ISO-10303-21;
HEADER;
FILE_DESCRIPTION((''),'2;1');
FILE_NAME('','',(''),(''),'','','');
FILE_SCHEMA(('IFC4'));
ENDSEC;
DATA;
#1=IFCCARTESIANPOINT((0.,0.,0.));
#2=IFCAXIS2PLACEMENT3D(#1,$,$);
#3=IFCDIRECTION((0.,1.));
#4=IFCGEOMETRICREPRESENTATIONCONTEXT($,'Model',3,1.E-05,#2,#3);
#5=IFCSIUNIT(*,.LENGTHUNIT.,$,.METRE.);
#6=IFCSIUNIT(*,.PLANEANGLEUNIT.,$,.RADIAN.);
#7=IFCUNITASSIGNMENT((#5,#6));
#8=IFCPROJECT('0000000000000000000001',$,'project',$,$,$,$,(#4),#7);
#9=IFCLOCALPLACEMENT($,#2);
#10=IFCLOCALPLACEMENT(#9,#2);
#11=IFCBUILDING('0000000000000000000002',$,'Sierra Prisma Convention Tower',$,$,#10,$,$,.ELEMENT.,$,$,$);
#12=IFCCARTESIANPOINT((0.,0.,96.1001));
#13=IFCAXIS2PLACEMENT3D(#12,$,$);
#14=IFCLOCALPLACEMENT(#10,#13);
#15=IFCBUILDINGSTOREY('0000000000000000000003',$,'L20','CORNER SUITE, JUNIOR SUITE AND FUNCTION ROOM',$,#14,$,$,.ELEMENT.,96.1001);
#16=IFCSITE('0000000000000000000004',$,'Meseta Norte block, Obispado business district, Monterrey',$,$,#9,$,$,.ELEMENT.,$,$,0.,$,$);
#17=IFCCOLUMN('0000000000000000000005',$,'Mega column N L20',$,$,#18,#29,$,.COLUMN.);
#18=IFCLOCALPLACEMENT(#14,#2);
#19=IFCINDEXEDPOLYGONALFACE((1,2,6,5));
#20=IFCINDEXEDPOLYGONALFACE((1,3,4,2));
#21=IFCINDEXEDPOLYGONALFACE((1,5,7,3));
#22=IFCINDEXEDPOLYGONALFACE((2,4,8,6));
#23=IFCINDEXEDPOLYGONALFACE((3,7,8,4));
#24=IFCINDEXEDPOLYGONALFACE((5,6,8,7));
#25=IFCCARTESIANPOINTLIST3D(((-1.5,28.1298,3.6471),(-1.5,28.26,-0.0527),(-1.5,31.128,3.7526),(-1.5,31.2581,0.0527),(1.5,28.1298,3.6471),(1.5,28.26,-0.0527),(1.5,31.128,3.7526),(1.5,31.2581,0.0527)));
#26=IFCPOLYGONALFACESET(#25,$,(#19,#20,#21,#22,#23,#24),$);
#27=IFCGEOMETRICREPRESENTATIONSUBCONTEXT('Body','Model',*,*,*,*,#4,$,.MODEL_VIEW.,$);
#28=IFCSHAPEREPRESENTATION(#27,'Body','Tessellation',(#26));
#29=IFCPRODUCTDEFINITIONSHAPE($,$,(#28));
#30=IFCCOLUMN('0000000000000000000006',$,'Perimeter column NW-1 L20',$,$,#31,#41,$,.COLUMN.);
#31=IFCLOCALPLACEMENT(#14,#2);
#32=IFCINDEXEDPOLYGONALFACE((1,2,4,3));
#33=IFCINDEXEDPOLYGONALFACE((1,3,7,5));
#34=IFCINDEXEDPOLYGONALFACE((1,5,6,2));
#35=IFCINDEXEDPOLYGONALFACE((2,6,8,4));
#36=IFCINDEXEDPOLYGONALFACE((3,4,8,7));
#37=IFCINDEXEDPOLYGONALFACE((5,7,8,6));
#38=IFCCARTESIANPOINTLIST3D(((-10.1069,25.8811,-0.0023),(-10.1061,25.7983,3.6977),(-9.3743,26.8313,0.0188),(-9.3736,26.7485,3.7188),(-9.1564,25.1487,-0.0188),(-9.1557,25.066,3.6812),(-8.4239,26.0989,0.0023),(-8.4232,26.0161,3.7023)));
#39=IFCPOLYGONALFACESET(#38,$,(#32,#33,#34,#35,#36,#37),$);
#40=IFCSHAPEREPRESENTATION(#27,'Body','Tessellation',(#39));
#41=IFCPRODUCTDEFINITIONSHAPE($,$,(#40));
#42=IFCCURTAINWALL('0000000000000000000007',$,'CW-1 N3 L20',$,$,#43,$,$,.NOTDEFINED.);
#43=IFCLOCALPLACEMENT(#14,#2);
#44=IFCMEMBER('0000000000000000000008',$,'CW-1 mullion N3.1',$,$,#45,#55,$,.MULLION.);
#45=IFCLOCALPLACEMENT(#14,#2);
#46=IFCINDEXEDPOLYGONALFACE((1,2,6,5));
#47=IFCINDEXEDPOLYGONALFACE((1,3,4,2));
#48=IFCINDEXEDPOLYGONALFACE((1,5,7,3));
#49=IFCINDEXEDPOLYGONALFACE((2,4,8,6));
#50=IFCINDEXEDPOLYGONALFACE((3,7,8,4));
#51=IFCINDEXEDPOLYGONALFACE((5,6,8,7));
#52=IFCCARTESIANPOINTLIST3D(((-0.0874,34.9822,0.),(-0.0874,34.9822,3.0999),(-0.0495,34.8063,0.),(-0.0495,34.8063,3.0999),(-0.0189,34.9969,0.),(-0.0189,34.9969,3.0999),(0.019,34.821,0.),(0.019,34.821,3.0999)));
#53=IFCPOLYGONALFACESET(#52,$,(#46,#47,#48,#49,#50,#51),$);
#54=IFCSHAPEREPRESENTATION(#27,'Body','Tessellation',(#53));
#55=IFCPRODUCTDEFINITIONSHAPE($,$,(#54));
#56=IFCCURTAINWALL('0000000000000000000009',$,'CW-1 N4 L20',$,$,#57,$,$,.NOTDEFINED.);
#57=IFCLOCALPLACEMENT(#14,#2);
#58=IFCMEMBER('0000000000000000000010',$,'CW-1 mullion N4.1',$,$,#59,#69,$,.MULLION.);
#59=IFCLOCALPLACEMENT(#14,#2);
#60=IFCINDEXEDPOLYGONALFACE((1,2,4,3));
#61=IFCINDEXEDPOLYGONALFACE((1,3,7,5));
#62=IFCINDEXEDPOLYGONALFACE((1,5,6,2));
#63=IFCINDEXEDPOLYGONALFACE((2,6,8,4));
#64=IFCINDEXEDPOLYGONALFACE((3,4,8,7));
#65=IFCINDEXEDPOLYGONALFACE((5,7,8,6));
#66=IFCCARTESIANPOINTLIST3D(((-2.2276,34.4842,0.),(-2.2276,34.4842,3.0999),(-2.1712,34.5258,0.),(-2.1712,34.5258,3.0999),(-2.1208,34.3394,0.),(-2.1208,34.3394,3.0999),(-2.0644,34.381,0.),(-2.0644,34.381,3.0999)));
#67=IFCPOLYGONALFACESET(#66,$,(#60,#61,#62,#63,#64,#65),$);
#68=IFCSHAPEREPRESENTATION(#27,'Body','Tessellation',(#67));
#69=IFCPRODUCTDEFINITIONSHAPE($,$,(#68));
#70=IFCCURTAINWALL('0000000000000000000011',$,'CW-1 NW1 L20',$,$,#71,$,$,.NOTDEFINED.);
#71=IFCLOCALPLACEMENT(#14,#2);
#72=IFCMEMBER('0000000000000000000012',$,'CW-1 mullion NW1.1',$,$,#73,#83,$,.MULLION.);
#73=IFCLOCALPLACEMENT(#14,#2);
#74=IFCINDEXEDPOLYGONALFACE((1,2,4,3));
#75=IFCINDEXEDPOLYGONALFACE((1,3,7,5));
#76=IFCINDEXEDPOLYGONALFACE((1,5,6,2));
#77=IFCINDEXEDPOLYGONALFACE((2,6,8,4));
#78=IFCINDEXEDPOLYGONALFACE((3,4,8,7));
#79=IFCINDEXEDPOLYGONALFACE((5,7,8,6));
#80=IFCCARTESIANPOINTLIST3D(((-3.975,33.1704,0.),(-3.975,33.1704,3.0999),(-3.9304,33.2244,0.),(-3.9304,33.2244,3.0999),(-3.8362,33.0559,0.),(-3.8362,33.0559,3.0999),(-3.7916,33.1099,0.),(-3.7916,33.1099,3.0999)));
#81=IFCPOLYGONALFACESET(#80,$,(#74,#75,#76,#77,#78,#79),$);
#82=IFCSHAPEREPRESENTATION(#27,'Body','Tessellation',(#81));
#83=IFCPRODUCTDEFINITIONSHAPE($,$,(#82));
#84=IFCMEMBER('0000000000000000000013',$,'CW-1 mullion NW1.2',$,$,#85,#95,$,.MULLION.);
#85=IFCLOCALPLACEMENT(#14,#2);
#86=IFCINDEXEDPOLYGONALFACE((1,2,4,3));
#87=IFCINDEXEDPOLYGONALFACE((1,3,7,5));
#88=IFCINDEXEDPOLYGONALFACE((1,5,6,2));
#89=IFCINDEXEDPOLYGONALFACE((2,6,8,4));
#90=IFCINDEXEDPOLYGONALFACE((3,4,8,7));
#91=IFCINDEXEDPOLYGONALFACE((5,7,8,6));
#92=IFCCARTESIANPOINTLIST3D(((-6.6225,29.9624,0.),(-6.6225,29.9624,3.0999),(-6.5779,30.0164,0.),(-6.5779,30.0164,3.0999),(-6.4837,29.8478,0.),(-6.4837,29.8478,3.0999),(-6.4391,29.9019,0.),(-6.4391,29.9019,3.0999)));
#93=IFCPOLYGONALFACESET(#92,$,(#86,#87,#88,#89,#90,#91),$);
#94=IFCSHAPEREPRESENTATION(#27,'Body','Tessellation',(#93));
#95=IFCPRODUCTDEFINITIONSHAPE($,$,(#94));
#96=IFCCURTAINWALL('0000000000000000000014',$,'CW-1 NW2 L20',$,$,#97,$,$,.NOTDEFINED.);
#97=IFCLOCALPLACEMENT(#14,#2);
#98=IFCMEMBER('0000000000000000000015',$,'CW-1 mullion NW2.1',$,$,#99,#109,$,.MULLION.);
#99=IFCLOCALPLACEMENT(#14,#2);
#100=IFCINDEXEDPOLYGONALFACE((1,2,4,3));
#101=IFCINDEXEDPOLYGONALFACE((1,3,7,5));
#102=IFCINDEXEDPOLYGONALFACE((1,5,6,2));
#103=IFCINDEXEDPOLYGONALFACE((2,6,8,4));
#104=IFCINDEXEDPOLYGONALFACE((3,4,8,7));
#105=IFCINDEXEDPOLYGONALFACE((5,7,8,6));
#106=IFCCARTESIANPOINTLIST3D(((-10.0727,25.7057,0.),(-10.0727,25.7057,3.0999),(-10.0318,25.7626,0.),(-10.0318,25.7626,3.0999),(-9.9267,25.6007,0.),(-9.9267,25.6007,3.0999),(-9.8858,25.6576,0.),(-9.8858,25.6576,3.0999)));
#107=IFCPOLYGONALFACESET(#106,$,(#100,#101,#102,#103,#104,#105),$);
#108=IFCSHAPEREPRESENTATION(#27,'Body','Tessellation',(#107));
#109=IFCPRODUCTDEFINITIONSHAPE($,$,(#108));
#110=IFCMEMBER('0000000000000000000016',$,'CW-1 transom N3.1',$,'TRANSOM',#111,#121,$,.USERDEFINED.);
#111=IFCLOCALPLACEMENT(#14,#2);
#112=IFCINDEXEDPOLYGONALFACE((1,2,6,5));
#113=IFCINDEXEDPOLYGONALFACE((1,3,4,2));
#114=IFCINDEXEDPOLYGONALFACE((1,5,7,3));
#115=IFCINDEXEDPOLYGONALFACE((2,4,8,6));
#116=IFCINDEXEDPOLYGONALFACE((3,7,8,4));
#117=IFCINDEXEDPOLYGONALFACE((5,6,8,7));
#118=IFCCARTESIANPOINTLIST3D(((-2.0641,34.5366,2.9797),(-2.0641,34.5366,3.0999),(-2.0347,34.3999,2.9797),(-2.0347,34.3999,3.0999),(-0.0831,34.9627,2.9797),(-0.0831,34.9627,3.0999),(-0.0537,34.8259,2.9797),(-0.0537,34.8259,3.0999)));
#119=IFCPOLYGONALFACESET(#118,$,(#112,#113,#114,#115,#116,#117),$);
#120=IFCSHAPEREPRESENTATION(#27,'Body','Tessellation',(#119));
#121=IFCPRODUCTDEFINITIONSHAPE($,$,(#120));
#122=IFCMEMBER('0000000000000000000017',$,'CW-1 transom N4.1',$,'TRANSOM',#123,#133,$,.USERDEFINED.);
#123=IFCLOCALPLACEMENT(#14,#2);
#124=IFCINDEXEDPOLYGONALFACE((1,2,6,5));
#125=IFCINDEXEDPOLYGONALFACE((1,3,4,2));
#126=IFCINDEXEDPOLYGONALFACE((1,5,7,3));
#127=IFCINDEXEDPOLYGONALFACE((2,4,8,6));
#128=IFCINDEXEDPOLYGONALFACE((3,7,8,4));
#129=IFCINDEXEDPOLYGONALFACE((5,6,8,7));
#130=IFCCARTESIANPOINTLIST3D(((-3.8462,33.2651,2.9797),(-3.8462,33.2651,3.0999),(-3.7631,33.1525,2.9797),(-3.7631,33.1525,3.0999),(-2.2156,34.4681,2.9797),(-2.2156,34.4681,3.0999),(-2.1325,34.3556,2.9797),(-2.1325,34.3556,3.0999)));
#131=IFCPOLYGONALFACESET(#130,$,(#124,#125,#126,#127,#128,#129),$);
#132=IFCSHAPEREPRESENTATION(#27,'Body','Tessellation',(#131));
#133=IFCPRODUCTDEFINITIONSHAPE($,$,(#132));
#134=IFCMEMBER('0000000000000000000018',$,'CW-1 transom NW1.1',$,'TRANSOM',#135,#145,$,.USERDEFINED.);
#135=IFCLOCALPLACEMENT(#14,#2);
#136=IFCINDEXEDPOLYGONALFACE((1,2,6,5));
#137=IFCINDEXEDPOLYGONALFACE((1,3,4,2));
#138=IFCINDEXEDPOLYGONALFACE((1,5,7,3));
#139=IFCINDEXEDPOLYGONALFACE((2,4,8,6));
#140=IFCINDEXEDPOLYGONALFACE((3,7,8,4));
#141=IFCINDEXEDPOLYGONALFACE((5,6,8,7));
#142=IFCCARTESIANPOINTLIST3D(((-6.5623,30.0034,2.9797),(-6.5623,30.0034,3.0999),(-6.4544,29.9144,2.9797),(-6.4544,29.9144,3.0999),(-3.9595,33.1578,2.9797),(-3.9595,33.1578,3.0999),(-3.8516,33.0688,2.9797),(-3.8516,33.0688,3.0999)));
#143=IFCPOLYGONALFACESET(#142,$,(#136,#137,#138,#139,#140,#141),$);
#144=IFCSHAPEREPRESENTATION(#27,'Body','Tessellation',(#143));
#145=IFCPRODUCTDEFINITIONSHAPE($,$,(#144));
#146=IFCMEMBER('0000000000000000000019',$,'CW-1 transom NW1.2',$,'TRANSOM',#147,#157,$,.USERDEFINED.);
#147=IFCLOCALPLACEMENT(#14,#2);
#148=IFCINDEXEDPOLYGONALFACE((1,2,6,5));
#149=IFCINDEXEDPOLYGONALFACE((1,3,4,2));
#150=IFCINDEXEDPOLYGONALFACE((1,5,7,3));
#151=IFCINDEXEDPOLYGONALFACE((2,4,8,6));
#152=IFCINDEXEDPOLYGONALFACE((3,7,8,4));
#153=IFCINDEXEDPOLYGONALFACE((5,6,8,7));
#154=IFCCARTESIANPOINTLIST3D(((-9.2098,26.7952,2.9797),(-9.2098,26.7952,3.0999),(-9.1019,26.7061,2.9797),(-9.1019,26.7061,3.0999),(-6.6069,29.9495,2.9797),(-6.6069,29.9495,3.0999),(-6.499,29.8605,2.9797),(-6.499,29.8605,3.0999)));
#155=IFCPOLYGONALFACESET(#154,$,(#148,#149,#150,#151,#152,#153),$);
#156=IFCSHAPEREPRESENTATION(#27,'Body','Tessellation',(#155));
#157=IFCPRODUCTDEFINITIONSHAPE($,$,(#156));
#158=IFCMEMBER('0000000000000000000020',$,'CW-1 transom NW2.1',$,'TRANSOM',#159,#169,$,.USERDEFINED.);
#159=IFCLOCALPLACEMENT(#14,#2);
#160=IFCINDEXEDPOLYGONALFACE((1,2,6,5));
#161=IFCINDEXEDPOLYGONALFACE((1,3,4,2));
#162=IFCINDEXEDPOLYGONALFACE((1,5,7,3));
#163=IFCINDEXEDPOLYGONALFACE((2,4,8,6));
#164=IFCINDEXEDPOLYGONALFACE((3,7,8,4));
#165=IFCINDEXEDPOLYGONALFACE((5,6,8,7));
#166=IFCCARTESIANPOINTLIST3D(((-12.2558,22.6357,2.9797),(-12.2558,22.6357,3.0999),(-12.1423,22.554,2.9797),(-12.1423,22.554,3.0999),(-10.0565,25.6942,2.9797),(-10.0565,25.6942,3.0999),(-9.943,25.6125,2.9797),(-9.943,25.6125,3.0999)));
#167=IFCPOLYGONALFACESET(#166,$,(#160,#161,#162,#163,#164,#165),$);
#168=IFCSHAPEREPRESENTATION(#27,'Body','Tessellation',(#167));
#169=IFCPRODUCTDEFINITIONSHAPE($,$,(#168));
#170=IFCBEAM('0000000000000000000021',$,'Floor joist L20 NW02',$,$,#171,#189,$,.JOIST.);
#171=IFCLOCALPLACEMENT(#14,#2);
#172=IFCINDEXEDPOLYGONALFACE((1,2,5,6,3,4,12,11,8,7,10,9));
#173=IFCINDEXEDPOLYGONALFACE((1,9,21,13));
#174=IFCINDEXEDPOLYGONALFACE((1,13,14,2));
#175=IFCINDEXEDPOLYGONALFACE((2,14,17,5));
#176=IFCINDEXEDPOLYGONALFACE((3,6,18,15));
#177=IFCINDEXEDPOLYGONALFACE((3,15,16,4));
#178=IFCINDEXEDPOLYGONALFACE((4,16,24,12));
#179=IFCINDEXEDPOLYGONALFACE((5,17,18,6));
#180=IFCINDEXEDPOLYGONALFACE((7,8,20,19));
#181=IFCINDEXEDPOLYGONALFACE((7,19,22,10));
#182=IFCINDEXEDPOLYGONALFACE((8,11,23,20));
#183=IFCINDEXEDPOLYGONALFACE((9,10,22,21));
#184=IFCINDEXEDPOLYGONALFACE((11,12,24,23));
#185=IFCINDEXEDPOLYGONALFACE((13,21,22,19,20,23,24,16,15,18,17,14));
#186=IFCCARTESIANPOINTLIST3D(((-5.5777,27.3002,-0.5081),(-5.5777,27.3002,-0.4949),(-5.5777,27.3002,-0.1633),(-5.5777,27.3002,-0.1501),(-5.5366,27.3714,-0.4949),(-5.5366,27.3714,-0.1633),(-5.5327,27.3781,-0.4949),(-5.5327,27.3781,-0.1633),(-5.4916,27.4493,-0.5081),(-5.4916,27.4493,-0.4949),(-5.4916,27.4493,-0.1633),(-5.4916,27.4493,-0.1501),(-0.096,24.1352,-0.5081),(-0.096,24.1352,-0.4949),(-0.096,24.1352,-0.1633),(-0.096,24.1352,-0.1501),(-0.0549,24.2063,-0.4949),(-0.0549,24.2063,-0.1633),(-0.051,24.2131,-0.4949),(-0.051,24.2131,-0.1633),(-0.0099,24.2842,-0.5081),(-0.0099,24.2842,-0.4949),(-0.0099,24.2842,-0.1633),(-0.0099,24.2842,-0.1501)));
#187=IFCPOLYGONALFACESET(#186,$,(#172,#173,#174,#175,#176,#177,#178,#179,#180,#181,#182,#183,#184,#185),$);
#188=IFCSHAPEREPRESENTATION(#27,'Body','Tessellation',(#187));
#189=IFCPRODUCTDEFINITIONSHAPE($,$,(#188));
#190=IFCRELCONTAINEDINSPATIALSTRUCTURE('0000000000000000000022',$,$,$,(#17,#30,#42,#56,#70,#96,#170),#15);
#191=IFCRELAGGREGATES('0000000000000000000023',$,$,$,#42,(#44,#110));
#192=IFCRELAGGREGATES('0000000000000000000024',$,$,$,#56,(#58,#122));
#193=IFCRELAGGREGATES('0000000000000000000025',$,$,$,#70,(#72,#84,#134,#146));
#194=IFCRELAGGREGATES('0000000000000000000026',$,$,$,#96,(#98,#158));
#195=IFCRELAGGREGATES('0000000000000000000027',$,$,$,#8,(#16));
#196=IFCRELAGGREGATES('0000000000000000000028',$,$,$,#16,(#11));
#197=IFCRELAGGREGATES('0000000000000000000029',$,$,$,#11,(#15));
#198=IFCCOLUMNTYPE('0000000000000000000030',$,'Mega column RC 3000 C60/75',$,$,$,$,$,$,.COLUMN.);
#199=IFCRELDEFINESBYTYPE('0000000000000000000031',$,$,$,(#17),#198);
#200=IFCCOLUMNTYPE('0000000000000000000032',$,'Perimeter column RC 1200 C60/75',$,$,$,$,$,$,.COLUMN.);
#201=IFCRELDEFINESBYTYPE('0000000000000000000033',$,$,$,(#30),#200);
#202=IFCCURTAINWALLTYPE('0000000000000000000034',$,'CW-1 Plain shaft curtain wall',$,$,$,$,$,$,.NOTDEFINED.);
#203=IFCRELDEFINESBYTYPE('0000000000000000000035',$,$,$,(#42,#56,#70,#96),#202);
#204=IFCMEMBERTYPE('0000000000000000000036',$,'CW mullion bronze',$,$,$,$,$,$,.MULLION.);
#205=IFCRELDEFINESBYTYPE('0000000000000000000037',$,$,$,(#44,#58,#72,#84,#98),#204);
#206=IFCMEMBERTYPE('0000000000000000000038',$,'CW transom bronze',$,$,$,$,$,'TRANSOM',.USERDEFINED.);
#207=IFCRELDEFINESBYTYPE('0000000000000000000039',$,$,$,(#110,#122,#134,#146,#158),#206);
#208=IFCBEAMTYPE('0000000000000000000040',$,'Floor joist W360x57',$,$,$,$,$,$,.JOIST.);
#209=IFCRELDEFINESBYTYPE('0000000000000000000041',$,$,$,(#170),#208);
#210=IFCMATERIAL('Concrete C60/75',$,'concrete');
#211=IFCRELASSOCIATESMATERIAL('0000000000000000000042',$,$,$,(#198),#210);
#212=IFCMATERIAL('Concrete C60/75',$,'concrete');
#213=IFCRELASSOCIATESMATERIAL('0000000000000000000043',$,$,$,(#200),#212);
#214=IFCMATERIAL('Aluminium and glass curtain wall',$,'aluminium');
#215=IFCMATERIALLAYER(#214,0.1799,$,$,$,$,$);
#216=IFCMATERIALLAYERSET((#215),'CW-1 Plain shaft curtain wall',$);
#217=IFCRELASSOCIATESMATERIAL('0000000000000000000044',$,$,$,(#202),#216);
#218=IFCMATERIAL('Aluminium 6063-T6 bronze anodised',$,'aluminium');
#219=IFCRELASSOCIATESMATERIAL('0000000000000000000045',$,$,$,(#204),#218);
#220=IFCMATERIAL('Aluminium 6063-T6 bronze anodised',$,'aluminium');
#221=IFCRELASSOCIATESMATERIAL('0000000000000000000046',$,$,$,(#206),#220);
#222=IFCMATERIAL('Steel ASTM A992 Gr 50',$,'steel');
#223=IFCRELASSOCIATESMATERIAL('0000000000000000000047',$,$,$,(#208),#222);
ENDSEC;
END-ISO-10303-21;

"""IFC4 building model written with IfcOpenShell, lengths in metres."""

from ifc_helpers import new_model, si_unit, direction, frame, origin, origin_2d, place, context, subcontext, project, spatial, rectangle, i_section, extrude, material, layer, layer_set, material_profile, profile_set, type_object, element, aggregate, save


model = new_model("IFC4")

# Units and contexts
model_context = context("Model", 3, precision=1e-05, world=origin(), true_north=direction((0.0, 1.0)))
body_context = subcontext(model_context, "Body", "Model", "MODEL_VIEW")
ifc_project = project(units=[si_unit("LENGTHUNIT", "METRE"), si_unit("PLANEANGLEUNIT", "RADIAN")], contexts=[model_context])

# Site, building, storey
site_placement = place(None, origin())
site = spatial("IfcSite", under=ifc_project, at=site_placement, Name="Meseta Norte block, Obispado business district, Monterrey", CompositionType="ELEMENT", RefElevation=0.0)
building_placement = place(site_placement, origin())
building = spatial("IfcBuilding", under=site, at=building_placement, Name="Sierra Prisma Convention Tower", CompositionType="ELEMENT")
storey_placement = place(building_placement, frame((0.0, 0.0, 96.1001)))
storey = spatial("IfcBuildingStorey", under=building, at=storey_placement, Name="L20", Description="CORNER SUITE, JUNIOR SUITE AND FUNCTION ROOM", CompositionType="ELEMENT", Elevation=96.1001)

# Columns
ifc_material_1 = material(Name="Concrete C60/75", Category="concrete")
ifc_material_profile_1 = material_profile(ifc_material_1, rectangle(XDim=3.0, YDim=3.0, at=origin_2d()), Name="Mega column RC 3000 C60/75")
ifc_profile_set_1 = profile_set([ifc_material_profile_1], Name="Concrete C60/75")
column_type_1 = type_object("IfcColumnType", Name="Mega column RC 3000 C60/75", PredefinedType="COLUMN", material=ifc_profile_set_1)
column_1_placement = place(storey_placement, frame((0.0, 29.759, 0.0), z_axis=(0.0, -0.035148, 0.999382), x_axis=(1.0, 0.0, 0.0)))
element("IfcColumn", 1, at=column_1_placement, inside=storey, type_object=column_type_1, Name="Mega column N L20", PredefinedType="COLUMN", context=body_context, shape_type="SweptSolid", body=[
    extrude(rectangle(XDim=3.0, YDim=3.0, at=origin_2d()), origin(), (0.0, 0.0, 1.0), 3.7021),
])
ifc_material_2 = material(Name="Concrete C60/75", Category="concrete")
ifc_material_profile_2 = material_profile(ifc_material_2, rectangle(XDim=1.2, YDim=1.2, at=origin_2d()), Name="Perimeter column RC 1200 C60/75")
ifc_profile_set_2 = profile_set([ifc_material_profile_2], Name="Concrete C60/75")
column_type_2 = type_object("IfcColumnType", Name="Perimeter column RC 1200 C60/75", PredefinedType="COLUMN", material=ifc_profile_set_2)
column_2_placement = place(storey_placement, frame((-9.2654, 25.99, 0.0), z_axis=(0.000198, -0.022363, 0.99975), x_axis=(0.610473, 0.791842, 0.017592)))
element("IfcColumn", 2, at=column_2_placement, inside=storey, type_object=column_type_2, Name="Perimeter column NW-1 L20", PredefinedType="COLUMN", context=body_context, shape_type="SweptSolid", body=[
    extrude(rectangle(XDim=1.2, YDim=1.2, at=origin_2d()), origin(), (0.0, 0.0, 1.0), 3.7009),
])

# Curtain walls, members
ifc_material_3 = material(Name="Aluminium and glass curtain wall", Category="aluminium")
ifc_layer_1 = layer(ifc_material_3, 0.1799)
ifc_layer_set_1 = layer_set([ifc_layer_1], Name="CW-1 Plain shaft curtain wall")
curtain_wall_type = type_object("IfcCurtainWallType", Name="CW-1 Plain shaft curtain wall", PredefinedType="NOTDEFINED", material=ifc_layer_set_1)
curtain_wall_1_placement = place(storey_placement, origin())
curtain_wall_1 = element("IfcCurtainWall", 3, at=curtain_wall_1_placement, inside=storey, type_object=curtain_wall_type, Name="CW-1 N3 L20", PredefinedType="NOTDEFINED")
ifc_material_4 = material(Name="Aluminium 6063-T6 bronze anodised", Category="aluminium")
ifc_material_profile_3 = material_profile(ifc_material_4, rectangle(XDim=0.1799, YDim=0.0701, at=origin_2d()), Name="ALU MULLION 70x180")
ifc_profile_set_3 = profile_set([ifc_material_profile_3], Name="Aluminium 6063-T6 bronze anodised")
member_type_1 = type_object("IfcMemberType", Name="CW mullion bronze", PredefinedType="MULLION", material=ifc_profile_set_3)
member_1_placement = place(storey_placement, frame((-0.0342, 34.9016, 0.0), z_axis=(0.0, 0.0, 1.0), x_axis=(0.21032, -0.977633, 0.0)))
member_1 = element("IfcMember", 4, at=member_1_placement, type_object=member_type_1, Name="CW-1 mullion N3.1", PredefinedType="MULLION", context=body_context, shape_type="SweptSolid", body=[
    extrude(rectangle(XDim=0.1799, YDim=0.0701, at=origin_2d()), origin(), (0.0, 0.0, 1.0), 3.0999),
])
curtain_wall_2_placement = place(storey_placement, origin())
curtain_wall_2 = element("IfcCurtainWall", 5, at=curtain_wall_2_placement, inside=storey, type_object=curtain_wall_type, Name="CW-1 N4 L20", PredefinedType="NOTDEFINED")
member_2_placement = place(storey_placement, frame((-2.146, 34.4326, 0.0), z_axis=(0.0, 0.0, 1.0), x_axis=(0.593746, -0.804652, 0.0)))
member_2 = element("IfcMember", 6, at=member_2_placement, type_object=member_type_1, Name="CW-1 mullion N4.1", PredefinedType="MULLION", context=body_context, shape_type="SweptSolid", body=[
    extrude(rectangle(XDim=0.1799, YDim=0.0701, at=origin_2d()), origin(), (0.0, 0.0, 1.0), 3.0999),
])

# Curtain wall, members
curtain_wall_3_placement = place(storey_placement, origin())
curtain_wall_3 = element("IfcCurtainWall", 7, at=curtain_wall_3_placement, inside=storey, type_object=curtain_wall_type, Name="CW-1 NW1 L20", PredefinedType="NOTDEFINED")
member_3_placement = place(storey_placement, frame((-3.8833, 33.1401, 0.0), z_axis=(0.0, 0.0, 1.0), x_axis=(0.771295, -0.636477, 0.0)))
member_3 = element("IfcMember", 8, at=member_3_placement, type_object=member_type_1, Name="CW-1 mullion NW1.1", PredefinedType="MULLION", context=body_context, shape_type="SweptSolid", body=[
    extrude(rectangle(XDim=0.1799, YDim=0.0701, at=origin_2d()), origin(), (0.0, 0.0, 1.0), 3.0999),
])
member_4_placement = place(storey_placement, frame((-6.5308, 29.9321, 0.0), z_axis=(0.0, 0.0, 1.0), x_axis=(0.771295, -0.636477, 0.0)))
member_4 = element("IfcMember", 9, at=member_4_placement, type_object=member_type_1, Name="CW-1 mullion NW1.2", PredefinedType="MULLION", context=body_context, shape_type="SweptSolid", body=[
    extrude(rectangle(XDim=0.1799, YDim=0.0701, at=origin_2d()), origin(), (0.0, 0.0, 1.0), 3.0999),
])

# Curtain wall, member
curtain_wall_4_placement = place(storey_placement, origin())
curtain_wall_4 = element("IfcCurtainWall", 10, at=curtain_wall_4_placement, inside=storey, type_object=curtain_wall_type, Name="CW-1 NW2 L20", PredefinedType="NOTDEFINED")
member_5_placement = place(storey_placement, frame((-9.9792, 25.6816, 0.0), z_axis=(0.0, 0.0, 1.0), x_axis=(0.811902, -0.583793, 0.0)))
member_5 = element("IfcMember", 11, at=member_5_placement, type_object=member_type_1, Name="CW-1 mullion NW2.1", PredefinedType="MULLION", context=body_context, shape_type="SweptSolid", body=[
    extrude(rectangle(XDim=0.1799, YDim=0.0701, at=origin_2d()), origin(), (0.0, 0.0, 1.0), 3.0999),
])

# Members
ifc_material_5 = material(Name="Aluminium 6063-T6 bronze anodised", Category="aluminium")
ifc_material_profile_4 = material_profile(ifc_material_5, rectangle(XDim=0.1399, YDim=0.1201, at=origin_2d()), Name="ALU TRANSOM 120x140")
ifc_profile_set_4 = profile_set([ifc_material_profile_4], Name="Aluminium 6063-T6 bronze anodised")
member_type_2 = type_object("IfcMemberType", Name="CW transom bronze", ElementType="TRANSOM", PredefinedType="USERDEFINED", material=ifc_profile_set_4)
member_6_placement = place(storey_placement, frame((-0.0684, 34.8943, 3.0398), z_axis=(-0.977647, -0.210253, 0.0), x_axis=(0.210253, -0.977647, 0.0)))
member_6 = element("IfcMember", 12, at=member_6_placement, type_object=member_type_2, Name="CW-1 transom N3.1", ObjectType="TRANSOM", PredefinedType="USERDEFINED", context=body_context, shape_type="SweptSolid", body=[
    extrude(rectangle(XDim=0.1399, YDim=0.1201, at=origin_2d()), origin(), (0.0, 0.0, 1.0), 2.0264),
])
member_7_placement = place(storey_placement, frame((-2.1741, 34.4119, 3.0398), z_axis=(-0.804674, -0.593717, 0.0), x_axis=(0.593717, -0.804674, 0.0)))
member_7 = element("IfcMember", 13, at=member_7_placement, type_object=member_type_2, Name="CW-1 transom N4.1", ObjectType="TRANSOM", PredefinedType="USERDEFINED", context=body_context, shape_type="SweptSolid", body=[
    extrude(rectangle(XDim=0.1399, YDim=0.1201, at=origin_2d()), origin(), (0.0, 0.0, 1.0), 2.0264),
])
member_8_placement = place(storey_placement, frame((-3.9055, 33.1133, 3.0398), z_axis=(-0.636454, -0.771315, 0.0), x_axis=(0.771315, -0.636454, 0.0)))
member_8 = element("IfcMember", 14, at=member_8_placement, type_object=member_type_2, Name="CW-1 transom NW1.1", ObjectType="TRANSOM", PredefinedType="USERDEFINED", context=body_context, shape_type="SweptSolid", body=[
    extrude(rectangle(XDim=0.1399, YDim=0.1201, at=origin_2d()), origin(), (0.0, 0.0, 1.0), 4.0896),
])
member_9_placement = place(storey_placement, frame((-6.553, 29.905, 3.0398), z_axis=(-0.636454, -0.771315, 0.0), x_axis=(0.771315, -0.636454, 0.0)))
member_9 = element("IfcMember", 15, at=member_9_placement, type_object=member_type_2, Name="CW-1 transom NW1.2", ObjectType="TRANSOM", PredefinedType="USERDEFINED", context=body_context, shape_type="SweptSolid", body=[
    extrude(rectangle(XDim=0.1399, YDim=0.1201, at=origin_2d()), origin(), (0.0, 0.0, 1.0), 4.0896),
])
member_10_placement = place(storey_placement, frame((-9.9998, 25.6533, 3.0398), z_axis=(-0.583816, -0.811886, 0.0), x_axis=(0.811886, -0.583816, 0.0)))
member_10 = element("IfcMember", 16, at=member_10_placement, type_object=member_type_2, Name="CW-1 transom NW2.1", ObjectType="TRANSOM", PredefinedType="USERDEFINED", context=body_context, shape_type="SweptSolid", body=[
    extrude(rectangle(XDim=0.1399, YDim=0.1201, at=origin_2d()), origin(), (0.0, 0.0, 1.0), 3.7671),
])

# Beam
ifc_material_6 = material(Name="Steel ASTM A992 Gr 50", Category="steel")
ifc_material_profile_5 = material_profile(ifc_material_6, i_section(OverallWidth=0.1721, OverallDepth=0.3579, WebThickness=0.0078, FlangeThickness=0.0132, at=origin_2d()), Name="W360x57")
ifc_profile_set_5 = profile_set([ifc_material_profile_5], Name="Steel ASTM A992 Gr 50")
beam_type_1 = type_object("IfcBeamType", Name="Floor joist W360x57", PredefinedType="JOIST", material=ifc_profile_set_5)
beam_1_placement = place(storey_placement, frame((-5.5347, 27.3748, -0.3291), z_axis=(0.866013, -0.500022, 0.0), x_axis=(0.500022, 0.866013, 0.0)))
element("IfcBeam", 17, at=beam_1_placement, inside=storey, type_object=beam_type_1, Name="Floor joist L20 NW02", PredefinedType="JOIST", context=body_context, shape_type="SweptSolid", body=[
    extrude(i_section(OverallWidth=0.1721, OverallDepth=0.3579, WebThickness=0.0078, FlangeThickness=0.0132, at=origin_2d()), origin(), (0.0, 0.0, 1.0), 6.3298),
])

aggregate(curtain_wall_1, [member_1, member_6])
aggregate(curtain_wall_2, [member_2, member_7])
aggregate(curtain_wall_3, [member_3, member_4, member_8, member_9])
aggregate(curtain_wall_4, [member_5, member_10])

save(model, "model.ifc")
